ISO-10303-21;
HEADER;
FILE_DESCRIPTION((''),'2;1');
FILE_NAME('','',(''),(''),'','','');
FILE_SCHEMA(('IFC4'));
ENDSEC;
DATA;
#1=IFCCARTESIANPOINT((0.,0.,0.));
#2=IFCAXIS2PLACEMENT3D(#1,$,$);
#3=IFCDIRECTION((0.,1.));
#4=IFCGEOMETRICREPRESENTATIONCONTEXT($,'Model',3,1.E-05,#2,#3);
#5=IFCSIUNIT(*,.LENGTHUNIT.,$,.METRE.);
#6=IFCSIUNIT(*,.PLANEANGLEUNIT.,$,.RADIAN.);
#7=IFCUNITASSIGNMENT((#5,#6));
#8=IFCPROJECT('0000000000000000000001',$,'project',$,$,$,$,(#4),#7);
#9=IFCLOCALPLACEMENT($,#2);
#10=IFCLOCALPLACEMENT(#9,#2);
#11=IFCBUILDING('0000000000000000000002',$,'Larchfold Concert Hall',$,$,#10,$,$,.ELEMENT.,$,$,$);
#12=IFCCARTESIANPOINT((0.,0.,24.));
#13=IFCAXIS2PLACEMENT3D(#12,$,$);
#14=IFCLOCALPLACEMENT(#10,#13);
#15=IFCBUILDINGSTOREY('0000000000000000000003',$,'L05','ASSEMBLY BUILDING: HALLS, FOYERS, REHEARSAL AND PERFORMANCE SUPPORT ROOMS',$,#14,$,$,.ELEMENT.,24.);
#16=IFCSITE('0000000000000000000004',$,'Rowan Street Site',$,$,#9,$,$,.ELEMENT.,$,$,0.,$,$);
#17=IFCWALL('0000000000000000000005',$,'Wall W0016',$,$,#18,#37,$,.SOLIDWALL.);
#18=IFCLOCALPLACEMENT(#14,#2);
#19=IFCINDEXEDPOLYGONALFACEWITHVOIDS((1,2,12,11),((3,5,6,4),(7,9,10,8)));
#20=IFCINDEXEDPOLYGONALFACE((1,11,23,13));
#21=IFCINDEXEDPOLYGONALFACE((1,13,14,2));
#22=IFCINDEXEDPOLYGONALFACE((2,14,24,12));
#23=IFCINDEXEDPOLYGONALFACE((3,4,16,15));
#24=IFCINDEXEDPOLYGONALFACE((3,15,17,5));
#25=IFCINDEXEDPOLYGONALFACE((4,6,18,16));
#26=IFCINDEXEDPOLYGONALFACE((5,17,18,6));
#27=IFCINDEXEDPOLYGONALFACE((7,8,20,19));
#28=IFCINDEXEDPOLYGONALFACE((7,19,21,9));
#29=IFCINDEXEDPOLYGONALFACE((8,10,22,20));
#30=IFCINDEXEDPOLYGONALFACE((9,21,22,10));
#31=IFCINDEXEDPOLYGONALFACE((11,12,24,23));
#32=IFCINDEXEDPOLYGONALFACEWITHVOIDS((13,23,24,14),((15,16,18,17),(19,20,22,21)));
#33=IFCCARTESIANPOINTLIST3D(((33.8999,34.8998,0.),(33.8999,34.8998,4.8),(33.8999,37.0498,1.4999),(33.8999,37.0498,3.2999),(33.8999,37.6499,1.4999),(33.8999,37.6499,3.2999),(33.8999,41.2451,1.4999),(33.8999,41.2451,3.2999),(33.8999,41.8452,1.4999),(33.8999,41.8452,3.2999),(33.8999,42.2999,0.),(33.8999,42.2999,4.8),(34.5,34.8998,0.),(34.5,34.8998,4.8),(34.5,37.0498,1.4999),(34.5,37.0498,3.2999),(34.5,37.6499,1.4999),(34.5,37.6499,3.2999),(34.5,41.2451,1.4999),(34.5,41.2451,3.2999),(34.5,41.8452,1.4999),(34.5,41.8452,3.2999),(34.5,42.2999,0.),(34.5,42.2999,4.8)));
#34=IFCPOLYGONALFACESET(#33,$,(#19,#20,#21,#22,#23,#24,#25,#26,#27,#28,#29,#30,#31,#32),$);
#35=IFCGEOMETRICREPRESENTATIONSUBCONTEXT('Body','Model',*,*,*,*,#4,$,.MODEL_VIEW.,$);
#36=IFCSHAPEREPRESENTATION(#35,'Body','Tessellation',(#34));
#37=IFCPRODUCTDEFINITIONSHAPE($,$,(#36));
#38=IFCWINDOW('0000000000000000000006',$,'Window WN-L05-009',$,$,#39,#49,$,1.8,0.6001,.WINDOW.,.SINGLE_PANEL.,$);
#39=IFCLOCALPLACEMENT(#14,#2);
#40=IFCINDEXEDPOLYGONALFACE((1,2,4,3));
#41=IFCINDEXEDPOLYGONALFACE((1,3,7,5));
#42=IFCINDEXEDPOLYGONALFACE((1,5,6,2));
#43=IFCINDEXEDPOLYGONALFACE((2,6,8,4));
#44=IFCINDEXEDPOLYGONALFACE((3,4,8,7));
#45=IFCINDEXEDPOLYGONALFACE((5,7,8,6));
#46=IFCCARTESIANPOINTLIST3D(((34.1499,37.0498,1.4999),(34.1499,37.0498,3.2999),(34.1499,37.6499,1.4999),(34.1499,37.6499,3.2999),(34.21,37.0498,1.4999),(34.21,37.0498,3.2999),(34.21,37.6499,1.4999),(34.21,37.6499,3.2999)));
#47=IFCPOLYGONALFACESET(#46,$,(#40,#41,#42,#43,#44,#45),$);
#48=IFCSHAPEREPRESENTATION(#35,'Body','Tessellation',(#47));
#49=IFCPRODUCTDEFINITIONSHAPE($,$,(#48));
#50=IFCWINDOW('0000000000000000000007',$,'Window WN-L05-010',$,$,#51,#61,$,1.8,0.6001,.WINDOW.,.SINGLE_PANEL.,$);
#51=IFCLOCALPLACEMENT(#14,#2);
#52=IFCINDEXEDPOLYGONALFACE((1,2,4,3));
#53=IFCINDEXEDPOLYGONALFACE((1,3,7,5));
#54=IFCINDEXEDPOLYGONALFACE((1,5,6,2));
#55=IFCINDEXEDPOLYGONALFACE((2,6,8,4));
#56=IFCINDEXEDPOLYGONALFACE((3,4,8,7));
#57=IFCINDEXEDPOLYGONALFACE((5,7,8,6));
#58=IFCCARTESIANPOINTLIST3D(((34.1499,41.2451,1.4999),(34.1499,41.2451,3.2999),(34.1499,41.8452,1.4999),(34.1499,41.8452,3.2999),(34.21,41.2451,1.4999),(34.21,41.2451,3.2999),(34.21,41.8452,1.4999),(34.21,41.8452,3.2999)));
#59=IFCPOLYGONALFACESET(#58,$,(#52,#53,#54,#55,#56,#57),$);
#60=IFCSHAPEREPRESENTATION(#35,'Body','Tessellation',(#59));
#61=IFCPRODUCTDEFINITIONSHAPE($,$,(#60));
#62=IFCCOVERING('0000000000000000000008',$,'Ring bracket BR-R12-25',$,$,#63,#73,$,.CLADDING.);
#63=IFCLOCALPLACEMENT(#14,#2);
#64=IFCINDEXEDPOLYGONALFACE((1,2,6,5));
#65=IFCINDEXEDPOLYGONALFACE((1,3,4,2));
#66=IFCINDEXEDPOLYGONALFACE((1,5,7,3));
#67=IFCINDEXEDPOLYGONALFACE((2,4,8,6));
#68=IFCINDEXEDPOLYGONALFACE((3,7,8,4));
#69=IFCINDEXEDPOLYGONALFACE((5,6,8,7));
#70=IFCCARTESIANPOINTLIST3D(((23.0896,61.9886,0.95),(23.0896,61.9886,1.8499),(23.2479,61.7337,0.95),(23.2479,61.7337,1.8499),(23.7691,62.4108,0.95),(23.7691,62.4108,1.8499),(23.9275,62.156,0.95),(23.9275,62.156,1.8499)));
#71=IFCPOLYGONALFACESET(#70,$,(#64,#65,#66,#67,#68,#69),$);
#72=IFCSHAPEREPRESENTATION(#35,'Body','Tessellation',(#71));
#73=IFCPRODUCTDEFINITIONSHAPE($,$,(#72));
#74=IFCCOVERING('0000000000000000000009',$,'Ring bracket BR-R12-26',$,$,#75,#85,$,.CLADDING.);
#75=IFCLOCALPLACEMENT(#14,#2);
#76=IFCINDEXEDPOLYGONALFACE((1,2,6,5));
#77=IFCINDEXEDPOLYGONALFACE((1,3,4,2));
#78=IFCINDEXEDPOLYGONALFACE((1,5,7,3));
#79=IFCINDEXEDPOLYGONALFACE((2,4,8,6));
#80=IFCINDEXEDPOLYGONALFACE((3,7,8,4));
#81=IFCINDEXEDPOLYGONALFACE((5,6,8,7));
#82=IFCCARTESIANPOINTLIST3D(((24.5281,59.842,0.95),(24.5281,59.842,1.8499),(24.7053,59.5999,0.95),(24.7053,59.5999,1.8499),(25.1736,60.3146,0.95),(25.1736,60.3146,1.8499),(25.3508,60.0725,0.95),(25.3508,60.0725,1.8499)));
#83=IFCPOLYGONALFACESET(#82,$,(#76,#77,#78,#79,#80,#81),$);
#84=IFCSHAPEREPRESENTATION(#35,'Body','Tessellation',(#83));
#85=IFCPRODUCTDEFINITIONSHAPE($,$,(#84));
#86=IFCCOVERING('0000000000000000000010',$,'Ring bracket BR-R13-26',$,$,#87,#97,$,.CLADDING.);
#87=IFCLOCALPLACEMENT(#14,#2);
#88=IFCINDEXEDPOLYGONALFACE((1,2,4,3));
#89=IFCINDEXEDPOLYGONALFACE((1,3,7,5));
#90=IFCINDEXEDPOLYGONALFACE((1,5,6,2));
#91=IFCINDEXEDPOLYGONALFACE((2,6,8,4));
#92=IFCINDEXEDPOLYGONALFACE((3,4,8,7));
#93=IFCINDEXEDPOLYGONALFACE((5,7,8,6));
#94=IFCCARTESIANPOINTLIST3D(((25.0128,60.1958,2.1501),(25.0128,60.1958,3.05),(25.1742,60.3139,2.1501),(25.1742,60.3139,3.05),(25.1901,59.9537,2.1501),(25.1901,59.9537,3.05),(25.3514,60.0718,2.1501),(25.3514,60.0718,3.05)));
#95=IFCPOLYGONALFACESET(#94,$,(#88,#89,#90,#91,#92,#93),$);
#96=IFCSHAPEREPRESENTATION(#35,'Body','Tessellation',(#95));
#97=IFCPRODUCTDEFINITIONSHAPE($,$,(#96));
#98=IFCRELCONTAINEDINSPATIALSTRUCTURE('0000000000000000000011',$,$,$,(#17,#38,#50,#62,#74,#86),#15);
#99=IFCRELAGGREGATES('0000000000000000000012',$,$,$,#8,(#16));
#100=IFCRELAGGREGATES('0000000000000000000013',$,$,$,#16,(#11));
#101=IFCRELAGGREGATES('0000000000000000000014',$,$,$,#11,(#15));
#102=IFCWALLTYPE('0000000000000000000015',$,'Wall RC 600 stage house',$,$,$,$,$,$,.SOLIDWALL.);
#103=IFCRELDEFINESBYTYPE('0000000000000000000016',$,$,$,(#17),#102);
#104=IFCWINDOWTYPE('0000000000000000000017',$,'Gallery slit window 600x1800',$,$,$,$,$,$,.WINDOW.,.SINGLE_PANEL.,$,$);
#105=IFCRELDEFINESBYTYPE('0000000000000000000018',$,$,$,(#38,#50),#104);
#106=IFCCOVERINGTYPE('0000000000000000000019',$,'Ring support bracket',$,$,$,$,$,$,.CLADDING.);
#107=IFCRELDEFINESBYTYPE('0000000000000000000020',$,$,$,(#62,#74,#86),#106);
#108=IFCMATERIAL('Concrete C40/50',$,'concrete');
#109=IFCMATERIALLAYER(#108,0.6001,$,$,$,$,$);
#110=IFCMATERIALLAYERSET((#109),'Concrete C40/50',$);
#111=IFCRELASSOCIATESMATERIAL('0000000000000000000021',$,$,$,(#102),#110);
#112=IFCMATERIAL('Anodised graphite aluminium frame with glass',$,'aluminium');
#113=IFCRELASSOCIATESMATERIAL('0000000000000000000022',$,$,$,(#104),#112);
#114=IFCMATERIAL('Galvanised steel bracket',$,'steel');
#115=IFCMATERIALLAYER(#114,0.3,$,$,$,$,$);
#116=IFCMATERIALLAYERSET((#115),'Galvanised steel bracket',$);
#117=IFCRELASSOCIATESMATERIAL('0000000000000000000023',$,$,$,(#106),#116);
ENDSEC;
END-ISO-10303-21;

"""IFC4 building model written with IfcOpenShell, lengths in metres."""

from ifc_helpers import new_model, si_unit, direction, frame, frame_2d, origin, origin_2d, place, context, subcontext, project, spatial, rectangle, extrude, material, layer, layer_set, type_object, element, fill, save


model = new_model("IFC4")

# Units and contexts
model_context = context("Model", 3, precision=1e-05, world=origin(), true_north=direction((0.0, 1.0)))
body_context = subcontext(model_context, "Body", "Model", "MODEL_VIEW")
ifc_project = project(units=[si_unit("LENGTHUNIT", "METRE"), si_unit("PLANEANGLEUNIT", "RADIAN")], contexts=[model_context])

# Site, building, storey
site_placement = place(None, origin())
site = spatial("IfcSite", under=ifc_project, at=site_placement, Name="Rowan Street Site", CompositionType="ELEMENT", RefElevation=0.0)
building_placement = place(site_placement, origin())
building = spatial("IfcBuilding", under=site, at=building_placement, Name="Larchfold Concert Hall", CompositionType="ELEMENT")
storey_placement = place(building_placement, frame((0.0, 0.0, 24.0)))
storey = spatial("IfcBuildingStorey", under=building, at=storey_placement, Name="L05", Description="ASSEMBLY BUILDING: HALLS, FOYERS, REHEARSAL AND PERFORMANCE SUPPORT ROOMS", CompositionType="ELEMENT", Elevation=24.0)

# Shared definitions
ifc_material_1 = material(Name="Concrete C40/50", Category="concrete")
ifc_layer_1 = layer(ifc_material_1, 0.6001)
ifc_layer_set_1 = layer_set([ifc_layer_1], Name="Concrete C40/50")
wall_type_1 = type_object("IfcWallType", Name="Wall RC 600 stage house", PredefinedType="SOLIDWALL", material=ifc_layer_set_1)
ifc_material_2 = material(Name="Anodised graphite aluminium frame with glass", Category="aluminium")
window_type = type_object("IfcWindowType", Name="Gallery slit window 600x1800", PartitioningType="SINGLE_PANEL", PredefinedType="WINDOW", material=ifc_material_2)

# Wall, openings, windows
wall_1_placement = place(storey_placement, frame((34.2, 42.3, 0.0), z_axis=(0.0, 0.0, 1.0), x_axis=(0.0, -1.0, 0.0)))
wall_1 = element("IfcWall", 1, at=wall_1_placement, inside=storey, type_object=wall_type_1, Name="Wall W0016", PredefinedType="SOLIDWALL", context=body_context, shape_type="SweptSolid", body=[
    extrude(rectangle(XDim=7.4001, YDim=0.6001, at=frame_2d((3.7002, 0.0))), origin(), (0.0, 0.0, 1.0), 4.8),
])
opening_1_placement = place(wall_1_placement, frame((4.6501, 0.0, 1.5)))
opening_1 = element("IfcOpeningElement", 2, at=opening_1_placement, cuts=wall_1, PredefinedType="OPENING", context=body_context, shape_type="SweptSolid", body=[
    extrude(rectangle(XDim=0.6001, YDim=1.8, at=frame_2d((0.3, 0.8999))), frame((0.0, 0.3101, 0.0), z_axis=(0.0, -1.0, 0.0), x_axis=(1.0, 0.0, 0.0)), (0.0, 0.0, 1.0), 0.6201),
])
opening_2_placement = place(wall_1_placement, frame((0.4548, 0.0, 1.5)))
opening_2 = element("IfcOpeningElement", 3, at=opening_2_placement, cuts=wall_1, PredefinedType="OPENING", context=body_context, shape_type="SweptSolid", body=[
    extrude(rectangle(XDim=0.6001, YDim=1.8, at=frame_2d((0.3, 0.8999))), frame((0.0, 0.3101, 0.0), z_axis=(0.0, -1.0, 0.0), x_axis=(1.0, 0.0, 0.0)), (0.0, 0.0, 1.0), 0.6201),
])
window_1_placement = place(opening_1_placement, origin())
window_1 = element("IfcWindow", 4, at=window_1_placement, inside=storey, type_object=window_type, Name="Window WN-L05-009", OverallHeight=1.8, OverallWidth=0.6001, PartitioningType="SINGLE_PANEL", PredefinedType="WINDOW", context=body_context, shape_type="SweptSolid", body=[
    extrude(rectangle(XDim=0.6001, YDim=1.8, at=frame_2d((0.3, 0.8999))), frame((0.0, 0.01, 0.0), z_axis=(0.0, -1.0, 0.0), x_axis=(1.0, 0.0, 0.0)), (0.0, 0.0, 1.0), 0.0601),
])
fill(opening_1, window_1)
window_2_placement = place(opening_2_placement, origin())
window_2 = element("IfcWindow", 5, at=window_2_placement, inside=storey, type_object=window_type, Name="Window WN-L05-010", OverallHeight=1.8, OverallWidth=0.6001, PartitioningType="SINGLE_PANEL", PredefinedType="WINDOW", context=body_context, shape_type="SweptSolid", body=[
    extrude(rectangle(XDim=0.6001, YDim=1.8, at=frame_2d((0.3, 0.8999))), frame((0.0, 0.01, 0.0), z_axis=(0.0, -1.0, 0.0), x_axis=(1.0, 0.0, 0.0)), (0.0, 0.0, 1.0), 0.0601),
])
fill(opening_2, window_2)

# Coverings
ifc_material_3 = material(Name="Galvanised steel bracket", Category="steel")
ifc_layer_2 = layer(ifc_material_3, 0.3)
ifc_layer_set_2 = layer_set([ifc_layer_2], Name="Galvanised steel bracket")
covering_type = type_object("IfcCoveringType", Name="Ring support bracket", PredefinedType="CLADDING", material=ifc_layer_set_2)
for number, where, z_axis, x_axis, name in (
    (6, (23.5085, 62.0723, 0.95), (0.0, 0.0, 1.0), (-0.849391, -0.527764, 0.0), "Ring bracket BR-R12-25"),
    (7, (24.9395, 59.9573, 0.95), (0.0, 0.0, 1.0), (-0.806849, -0.590758, 0.0), "Ring bracket BR-R12-26"),
):
    element("IfcCovering", number, at=place(storey_placement, frame(where, z_axis=z_axis, x_axis=x_axis)), inside=storey, type_object=covering_type, Name=name, PredefinedType="CLADDING", context=body_context, shape_type="SweptSolid", body=[
        extrude(rectangle(XDim=0.8, YDim=0.3, at=origin_2d()), origin(), (0.0, 0.0, 1.0), 0.8999),
    ])
covering_placement = place(storey_placement, frame((25.1821, 60.1338, 2.1501), z_axis=(0.0, 0.0, 1.0), x_axis=(-0.806849, -0.590758, 0.0)))
element("IfcCovering", 8, at=covering_placement, inside=storey, type_object=covering_type, Name="Ring bracket BR-R13-26", PredefinedType="CLADDING", context=body_context, shape_type="SweptSolid", body=[
    extrude(rectangle(XDim=0.2, YDim=0.3, at=origin_2d()), origin(), (0.0, 0.0, 1.0), 0.8999),
])

save(model, "model.ifc")
